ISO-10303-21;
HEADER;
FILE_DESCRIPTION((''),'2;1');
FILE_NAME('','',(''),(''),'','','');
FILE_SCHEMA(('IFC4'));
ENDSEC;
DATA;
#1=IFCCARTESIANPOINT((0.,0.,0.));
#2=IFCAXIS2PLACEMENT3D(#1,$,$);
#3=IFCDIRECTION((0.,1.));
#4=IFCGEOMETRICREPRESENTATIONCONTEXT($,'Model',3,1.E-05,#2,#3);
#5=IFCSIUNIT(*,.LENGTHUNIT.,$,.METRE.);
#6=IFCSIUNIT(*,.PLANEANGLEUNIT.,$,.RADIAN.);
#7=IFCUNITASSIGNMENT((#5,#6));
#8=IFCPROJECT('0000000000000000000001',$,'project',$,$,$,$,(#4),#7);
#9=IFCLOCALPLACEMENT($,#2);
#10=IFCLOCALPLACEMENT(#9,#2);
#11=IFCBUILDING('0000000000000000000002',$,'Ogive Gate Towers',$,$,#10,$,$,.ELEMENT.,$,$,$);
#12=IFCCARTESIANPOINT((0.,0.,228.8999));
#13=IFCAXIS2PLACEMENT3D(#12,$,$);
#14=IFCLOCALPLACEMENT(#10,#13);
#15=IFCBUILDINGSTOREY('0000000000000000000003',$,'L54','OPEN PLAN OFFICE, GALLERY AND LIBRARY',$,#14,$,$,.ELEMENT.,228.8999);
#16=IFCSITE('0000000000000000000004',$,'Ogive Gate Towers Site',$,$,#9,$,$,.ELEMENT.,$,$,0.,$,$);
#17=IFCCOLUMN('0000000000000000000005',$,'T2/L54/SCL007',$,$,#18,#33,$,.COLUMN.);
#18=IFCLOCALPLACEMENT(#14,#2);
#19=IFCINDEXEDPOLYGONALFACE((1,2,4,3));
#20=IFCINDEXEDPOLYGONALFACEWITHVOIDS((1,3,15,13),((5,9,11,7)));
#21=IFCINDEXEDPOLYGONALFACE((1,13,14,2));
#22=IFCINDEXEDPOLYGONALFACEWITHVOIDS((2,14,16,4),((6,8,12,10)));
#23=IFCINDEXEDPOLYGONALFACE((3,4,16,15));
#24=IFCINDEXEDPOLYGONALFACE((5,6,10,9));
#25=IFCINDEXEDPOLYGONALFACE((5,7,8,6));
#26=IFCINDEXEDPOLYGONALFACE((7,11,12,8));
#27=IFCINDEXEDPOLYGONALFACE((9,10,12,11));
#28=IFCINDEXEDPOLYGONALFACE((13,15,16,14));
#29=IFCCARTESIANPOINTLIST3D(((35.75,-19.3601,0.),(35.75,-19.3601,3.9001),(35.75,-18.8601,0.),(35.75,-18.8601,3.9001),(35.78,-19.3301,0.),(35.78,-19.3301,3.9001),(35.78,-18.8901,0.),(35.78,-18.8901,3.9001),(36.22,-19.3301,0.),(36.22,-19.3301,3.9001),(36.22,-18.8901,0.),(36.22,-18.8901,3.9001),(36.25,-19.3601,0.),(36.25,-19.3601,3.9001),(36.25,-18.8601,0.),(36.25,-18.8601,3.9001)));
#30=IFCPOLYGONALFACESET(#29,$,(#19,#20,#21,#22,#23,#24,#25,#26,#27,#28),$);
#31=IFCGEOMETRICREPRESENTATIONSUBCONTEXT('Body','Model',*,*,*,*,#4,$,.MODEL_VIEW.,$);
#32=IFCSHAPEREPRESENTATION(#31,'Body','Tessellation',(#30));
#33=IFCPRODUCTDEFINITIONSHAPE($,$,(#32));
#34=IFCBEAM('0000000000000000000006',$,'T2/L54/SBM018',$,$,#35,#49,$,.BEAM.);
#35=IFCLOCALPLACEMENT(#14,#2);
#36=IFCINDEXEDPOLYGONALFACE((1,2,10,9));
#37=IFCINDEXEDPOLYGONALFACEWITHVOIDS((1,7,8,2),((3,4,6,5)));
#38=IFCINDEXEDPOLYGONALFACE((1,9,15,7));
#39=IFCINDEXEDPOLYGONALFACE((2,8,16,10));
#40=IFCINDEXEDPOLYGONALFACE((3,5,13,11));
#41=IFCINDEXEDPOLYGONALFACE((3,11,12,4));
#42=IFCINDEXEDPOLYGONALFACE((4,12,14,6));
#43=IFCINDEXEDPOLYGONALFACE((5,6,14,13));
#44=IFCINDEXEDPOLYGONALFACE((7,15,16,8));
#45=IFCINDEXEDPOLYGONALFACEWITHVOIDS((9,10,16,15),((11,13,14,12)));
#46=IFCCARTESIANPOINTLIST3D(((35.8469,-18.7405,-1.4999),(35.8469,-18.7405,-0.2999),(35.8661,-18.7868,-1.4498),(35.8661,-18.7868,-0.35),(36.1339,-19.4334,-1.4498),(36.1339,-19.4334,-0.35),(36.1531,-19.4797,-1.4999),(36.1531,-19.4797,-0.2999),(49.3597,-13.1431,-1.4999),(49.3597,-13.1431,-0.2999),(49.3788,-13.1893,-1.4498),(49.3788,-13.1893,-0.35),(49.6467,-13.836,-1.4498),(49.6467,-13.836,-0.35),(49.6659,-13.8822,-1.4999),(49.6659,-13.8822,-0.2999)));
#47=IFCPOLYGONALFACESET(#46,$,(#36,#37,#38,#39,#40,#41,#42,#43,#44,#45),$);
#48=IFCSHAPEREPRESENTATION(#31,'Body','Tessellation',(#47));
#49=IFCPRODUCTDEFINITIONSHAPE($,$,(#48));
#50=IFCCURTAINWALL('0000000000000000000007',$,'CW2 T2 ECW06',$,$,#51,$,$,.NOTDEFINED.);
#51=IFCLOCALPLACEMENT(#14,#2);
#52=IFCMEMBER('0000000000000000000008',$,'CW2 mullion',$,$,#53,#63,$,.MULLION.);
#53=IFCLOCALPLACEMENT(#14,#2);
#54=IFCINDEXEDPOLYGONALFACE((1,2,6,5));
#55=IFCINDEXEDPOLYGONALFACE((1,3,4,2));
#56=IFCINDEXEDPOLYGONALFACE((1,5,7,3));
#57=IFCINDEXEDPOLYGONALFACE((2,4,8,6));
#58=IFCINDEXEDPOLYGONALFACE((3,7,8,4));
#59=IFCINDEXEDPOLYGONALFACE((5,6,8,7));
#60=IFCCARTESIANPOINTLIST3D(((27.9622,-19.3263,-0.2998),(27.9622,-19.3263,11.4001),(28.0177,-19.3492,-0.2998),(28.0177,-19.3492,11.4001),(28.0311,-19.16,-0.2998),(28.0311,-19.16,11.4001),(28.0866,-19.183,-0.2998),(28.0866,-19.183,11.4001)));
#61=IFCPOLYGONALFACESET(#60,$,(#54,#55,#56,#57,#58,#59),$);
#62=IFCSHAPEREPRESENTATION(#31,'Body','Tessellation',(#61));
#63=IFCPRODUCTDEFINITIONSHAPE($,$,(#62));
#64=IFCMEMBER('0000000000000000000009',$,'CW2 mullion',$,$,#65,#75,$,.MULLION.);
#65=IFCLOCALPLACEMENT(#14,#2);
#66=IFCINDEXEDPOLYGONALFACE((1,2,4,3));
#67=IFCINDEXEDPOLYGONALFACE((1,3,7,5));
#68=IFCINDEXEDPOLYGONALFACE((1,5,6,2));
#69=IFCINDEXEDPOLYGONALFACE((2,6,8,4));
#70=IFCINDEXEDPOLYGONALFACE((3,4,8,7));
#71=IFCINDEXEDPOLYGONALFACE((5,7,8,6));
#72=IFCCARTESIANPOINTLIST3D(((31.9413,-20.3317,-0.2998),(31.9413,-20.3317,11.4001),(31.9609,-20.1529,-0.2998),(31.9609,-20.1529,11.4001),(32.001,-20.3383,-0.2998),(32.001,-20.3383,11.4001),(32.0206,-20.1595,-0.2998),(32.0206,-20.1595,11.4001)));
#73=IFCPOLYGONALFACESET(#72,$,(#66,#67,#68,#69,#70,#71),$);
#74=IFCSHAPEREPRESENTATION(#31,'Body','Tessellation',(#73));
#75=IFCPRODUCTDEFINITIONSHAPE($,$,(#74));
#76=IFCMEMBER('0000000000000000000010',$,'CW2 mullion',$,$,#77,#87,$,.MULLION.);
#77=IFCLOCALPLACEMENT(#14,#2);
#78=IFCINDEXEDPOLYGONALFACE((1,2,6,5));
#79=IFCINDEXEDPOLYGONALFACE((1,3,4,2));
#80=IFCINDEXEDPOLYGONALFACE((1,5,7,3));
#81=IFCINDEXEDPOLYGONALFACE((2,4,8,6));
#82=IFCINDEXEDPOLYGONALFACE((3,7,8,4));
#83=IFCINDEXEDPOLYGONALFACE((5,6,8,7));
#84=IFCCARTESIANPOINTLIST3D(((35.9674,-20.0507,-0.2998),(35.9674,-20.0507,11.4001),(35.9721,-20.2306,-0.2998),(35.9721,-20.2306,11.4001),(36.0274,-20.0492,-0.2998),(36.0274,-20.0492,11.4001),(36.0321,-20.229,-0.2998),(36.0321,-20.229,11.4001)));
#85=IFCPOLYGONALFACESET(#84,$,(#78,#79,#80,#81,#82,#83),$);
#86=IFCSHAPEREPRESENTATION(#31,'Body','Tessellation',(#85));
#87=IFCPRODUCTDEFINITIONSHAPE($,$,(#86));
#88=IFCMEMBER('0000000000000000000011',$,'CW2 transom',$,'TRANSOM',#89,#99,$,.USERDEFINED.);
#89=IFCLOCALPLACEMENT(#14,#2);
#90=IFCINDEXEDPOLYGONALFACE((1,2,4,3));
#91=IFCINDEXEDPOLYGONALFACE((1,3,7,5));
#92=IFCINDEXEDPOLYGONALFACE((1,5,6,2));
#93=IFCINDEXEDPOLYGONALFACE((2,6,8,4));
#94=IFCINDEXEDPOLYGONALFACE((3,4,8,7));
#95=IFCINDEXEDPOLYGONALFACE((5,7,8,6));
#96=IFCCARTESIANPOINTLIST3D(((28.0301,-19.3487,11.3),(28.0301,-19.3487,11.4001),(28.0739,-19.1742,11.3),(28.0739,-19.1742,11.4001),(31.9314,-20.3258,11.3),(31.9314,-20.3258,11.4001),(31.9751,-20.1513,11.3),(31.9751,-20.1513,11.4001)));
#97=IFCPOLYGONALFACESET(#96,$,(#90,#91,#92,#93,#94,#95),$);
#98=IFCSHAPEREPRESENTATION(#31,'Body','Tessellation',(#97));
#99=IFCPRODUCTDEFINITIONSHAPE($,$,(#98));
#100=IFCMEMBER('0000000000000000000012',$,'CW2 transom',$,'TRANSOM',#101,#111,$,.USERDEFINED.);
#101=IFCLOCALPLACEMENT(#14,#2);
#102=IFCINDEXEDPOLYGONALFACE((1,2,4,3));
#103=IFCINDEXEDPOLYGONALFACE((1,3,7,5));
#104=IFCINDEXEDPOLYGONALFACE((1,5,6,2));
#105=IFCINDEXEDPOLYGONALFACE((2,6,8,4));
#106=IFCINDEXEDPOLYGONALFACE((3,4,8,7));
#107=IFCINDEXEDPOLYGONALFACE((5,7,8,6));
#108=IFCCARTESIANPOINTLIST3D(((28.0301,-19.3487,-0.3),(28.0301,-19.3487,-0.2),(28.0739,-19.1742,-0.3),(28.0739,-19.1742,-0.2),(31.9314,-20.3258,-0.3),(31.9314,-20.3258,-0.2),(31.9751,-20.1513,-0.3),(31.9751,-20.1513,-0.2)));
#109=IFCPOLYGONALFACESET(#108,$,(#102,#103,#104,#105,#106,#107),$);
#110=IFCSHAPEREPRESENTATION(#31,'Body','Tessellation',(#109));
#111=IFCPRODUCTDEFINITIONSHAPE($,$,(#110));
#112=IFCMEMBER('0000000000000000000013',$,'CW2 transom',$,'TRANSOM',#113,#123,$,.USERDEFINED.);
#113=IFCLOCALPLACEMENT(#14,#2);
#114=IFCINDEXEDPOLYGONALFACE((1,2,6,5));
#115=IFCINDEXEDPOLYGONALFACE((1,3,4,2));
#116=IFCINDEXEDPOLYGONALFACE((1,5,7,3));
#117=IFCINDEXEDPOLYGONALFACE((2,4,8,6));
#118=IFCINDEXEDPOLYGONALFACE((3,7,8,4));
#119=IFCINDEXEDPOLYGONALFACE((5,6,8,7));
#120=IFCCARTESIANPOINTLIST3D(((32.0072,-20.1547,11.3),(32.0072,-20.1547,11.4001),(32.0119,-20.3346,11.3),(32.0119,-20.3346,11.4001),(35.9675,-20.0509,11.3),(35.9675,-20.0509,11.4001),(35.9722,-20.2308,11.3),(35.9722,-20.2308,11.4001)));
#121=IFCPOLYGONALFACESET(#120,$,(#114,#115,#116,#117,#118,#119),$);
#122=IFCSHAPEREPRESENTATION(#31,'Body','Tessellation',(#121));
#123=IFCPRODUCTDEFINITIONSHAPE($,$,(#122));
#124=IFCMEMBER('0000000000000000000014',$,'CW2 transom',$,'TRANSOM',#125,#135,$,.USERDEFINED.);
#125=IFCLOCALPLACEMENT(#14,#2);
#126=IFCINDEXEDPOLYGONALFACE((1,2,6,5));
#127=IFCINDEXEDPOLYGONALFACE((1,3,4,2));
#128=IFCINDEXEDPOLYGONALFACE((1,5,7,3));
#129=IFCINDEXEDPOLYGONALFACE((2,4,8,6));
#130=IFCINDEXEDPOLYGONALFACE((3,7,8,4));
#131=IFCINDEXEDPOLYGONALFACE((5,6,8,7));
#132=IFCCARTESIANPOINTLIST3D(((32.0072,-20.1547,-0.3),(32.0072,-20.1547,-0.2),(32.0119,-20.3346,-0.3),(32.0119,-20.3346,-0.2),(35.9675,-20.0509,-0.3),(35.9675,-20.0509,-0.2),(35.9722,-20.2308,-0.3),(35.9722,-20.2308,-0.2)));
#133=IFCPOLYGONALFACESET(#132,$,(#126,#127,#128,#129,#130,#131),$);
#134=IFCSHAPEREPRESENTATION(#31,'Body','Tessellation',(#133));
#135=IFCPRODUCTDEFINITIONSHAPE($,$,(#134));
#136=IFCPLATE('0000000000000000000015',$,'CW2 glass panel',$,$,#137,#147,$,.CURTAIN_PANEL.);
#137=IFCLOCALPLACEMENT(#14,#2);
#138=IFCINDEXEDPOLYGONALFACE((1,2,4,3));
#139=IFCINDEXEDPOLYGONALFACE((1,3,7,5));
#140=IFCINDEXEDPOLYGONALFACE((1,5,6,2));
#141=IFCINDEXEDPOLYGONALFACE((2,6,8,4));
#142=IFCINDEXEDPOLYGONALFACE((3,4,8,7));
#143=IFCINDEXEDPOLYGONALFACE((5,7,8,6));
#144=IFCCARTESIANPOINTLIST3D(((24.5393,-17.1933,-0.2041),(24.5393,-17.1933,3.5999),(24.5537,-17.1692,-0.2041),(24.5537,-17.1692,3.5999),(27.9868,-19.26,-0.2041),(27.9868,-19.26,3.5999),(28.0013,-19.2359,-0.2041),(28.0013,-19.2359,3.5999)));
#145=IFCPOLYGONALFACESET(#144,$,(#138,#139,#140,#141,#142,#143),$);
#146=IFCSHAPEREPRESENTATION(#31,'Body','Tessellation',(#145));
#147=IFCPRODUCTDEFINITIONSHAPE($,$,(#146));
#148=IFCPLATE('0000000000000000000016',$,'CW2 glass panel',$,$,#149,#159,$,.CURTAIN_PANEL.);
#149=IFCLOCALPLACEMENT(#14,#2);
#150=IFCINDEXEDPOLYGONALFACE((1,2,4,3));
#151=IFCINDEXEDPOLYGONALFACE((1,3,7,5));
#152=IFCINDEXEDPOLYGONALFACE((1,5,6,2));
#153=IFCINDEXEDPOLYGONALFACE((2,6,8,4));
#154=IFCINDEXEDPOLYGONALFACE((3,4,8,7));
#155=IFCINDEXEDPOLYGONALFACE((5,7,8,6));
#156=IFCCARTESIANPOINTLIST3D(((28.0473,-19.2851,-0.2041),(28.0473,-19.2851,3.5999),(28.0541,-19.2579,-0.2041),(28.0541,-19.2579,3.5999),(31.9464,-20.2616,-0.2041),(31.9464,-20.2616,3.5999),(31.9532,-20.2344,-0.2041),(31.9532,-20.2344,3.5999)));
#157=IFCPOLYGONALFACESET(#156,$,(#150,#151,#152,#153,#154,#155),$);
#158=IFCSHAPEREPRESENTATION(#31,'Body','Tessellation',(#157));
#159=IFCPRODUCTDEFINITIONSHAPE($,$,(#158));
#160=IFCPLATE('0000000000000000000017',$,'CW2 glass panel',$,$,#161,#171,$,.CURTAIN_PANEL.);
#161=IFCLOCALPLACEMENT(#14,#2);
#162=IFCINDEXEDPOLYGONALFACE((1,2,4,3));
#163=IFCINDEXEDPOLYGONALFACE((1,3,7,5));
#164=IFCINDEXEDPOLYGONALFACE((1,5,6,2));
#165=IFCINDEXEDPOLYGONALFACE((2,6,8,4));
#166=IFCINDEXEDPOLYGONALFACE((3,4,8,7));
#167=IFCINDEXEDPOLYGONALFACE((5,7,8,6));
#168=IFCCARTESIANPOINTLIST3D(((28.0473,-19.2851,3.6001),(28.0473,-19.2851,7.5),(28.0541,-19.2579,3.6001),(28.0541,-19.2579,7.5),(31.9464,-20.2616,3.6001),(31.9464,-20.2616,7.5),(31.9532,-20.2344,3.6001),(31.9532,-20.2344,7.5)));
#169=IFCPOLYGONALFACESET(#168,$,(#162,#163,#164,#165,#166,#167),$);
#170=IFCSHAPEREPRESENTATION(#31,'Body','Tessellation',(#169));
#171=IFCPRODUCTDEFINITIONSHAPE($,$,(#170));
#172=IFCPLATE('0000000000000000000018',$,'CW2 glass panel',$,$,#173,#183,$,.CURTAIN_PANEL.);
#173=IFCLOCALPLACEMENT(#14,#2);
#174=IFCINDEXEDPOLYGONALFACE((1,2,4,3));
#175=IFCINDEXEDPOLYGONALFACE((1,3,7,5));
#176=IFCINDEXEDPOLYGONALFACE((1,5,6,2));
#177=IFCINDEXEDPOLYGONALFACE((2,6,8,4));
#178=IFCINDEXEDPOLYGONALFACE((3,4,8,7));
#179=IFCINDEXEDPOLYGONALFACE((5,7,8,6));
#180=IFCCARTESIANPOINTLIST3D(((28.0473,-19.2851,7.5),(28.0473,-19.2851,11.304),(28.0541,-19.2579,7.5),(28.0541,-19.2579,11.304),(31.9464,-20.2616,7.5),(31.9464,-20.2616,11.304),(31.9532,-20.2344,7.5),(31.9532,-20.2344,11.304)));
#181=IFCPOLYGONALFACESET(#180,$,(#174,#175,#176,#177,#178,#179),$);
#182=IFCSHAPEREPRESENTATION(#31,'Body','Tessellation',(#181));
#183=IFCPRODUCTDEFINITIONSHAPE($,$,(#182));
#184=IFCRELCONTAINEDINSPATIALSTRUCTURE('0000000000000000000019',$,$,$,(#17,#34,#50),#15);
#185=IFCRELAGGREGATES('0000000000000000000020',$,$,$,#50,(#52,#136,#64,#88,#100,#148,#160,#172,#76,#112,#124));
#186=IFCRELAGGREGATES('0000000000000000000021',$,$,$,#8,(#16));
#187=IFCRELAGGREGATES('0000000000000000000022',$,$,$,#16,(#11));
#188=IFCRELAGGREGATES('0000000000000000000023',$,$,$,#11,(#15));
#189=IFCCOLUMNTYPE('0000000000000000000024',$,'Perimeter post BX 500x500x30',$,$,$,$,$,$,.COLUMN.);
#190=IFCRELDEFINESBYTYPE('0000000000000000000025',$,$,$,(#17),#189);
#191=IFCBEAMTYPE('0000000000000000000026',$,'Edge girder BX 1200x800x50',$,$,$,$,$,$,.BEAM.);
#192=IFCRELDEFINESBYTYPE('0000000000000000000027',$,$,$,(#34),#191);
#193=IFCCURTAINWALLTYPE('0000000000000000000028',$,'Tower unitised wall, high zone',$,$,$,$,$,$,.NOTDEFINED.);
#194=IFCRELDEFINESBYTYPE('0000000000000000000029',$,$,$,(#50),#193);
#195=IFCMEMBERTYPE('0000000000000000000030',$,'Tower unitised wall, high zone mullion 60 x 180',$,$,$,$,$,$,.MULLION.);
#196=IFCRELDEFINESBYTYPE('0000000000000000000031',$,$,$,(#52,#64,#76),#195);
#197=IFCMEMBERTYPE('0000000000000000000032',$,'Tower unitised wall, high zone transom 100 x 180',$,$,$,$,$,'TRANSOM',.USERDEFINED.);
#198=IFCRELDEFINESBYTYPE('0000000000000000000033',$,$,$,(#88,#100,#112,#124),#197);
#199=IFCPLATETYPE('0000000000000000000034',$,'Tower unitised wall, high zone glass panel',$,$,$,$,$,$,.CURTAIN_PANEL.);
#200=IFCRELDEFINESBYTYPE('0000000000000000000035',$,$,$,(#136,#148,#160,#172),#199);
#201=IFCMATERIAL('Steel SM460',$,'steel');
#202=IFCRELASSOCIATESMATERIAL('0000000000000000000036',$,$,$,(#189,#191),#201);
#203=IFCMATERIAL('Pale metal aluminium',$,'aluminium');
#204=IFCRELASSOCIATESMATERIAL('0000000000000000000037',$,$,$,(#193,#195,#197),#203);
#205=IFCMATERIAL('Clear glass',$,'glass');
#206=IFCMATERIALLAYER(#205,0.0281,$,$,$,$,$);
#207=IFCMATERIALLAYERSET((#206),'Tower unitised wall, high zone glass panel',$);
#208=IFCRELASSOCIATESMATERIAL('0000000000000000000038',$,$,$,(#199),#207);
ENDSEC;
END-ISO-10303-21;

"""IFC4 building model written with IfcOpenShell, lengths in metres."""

from ifc_helpers import new_model, si_unit, direction, frame, origin, origin_2d, place, context, subcontext, project, spatial, rectangle, hollow_rectangle, extrude, material, layer, layer_set, material_profile, profile_set, type_object, element, aggregate, save


model = new_model("IFC4")

# Units and contexts
model_context = context("Model", 3, precision=1e-05, world=origin(), true_north=direction((0.0, 1.0)))
body_context = subcontext(model_context, "Body", "Model", "MODEL_VIEW")
ifc_project = project(units=[si_unit("LENGTHUNIT", "METRE"), si_unit("PLANEANGLEUNIT", "RADIAN")], contexts=[model_context])

# Site, building, storey
site_placement = place(None, origin())
site = spatial("IfcSite", under=ifc_project, at=site_placement, Name="Ogive Gate Towers Site", CompositionType="ELEMENT", RefElevation=0.0)
building_placement = place(site_placement, origin())
building = spatial("IfcBuilding", under=site, at=building_placement, Name="Ogive Gate Towers", CompositionType="ELEMENT")
storey_placement = place(building_placement, frame((0.0, 0.0, 228.8999)))
storey = spatial("IfcBuildingStorey", under=building, at=storey_placement, Name="L54", Description="OPEN PLAN OFFICE, GALLERY AND LIBRARY", CompositionType="ELEMENT", Elevation=228.8999)

# Column
ifc_material_1 = material(Name="Steel SM460", Category="steel")
ifc_material_profile_1 = material_profile(ifc_material_1, hollow_rectangle(XDim=0.5, YDim=0.5, WallThickness=0.03, at=origin_2d()), Name="BX 500x500x30")
ifc_profile_set_1 = profile_set([ifc_material_profile_1], Name="Steel SM460")
column_type = type_object("IfcColumnType", Name="Perimeter post BX 500x500x30", PredefinedType="COLUMN", material=ifc_profile_set_1)
column_placement = place(storey_placement, frame((36.0, -19.1101, 0.0), z_axis=(0.0, 0.0, 1.0), x_axis=(1.0, 0.0, 0.0)))
element("IfcColumn", 1, at=column_placement, inside=storey, type_object=column_type, Name="T2/L54/SCL007", PredefinedType="COLUMN", context=body_context, shape_type="SweptSolid", body=[
    extrude(hollow_rectangle(XDim=0.5, YDim=0.5, WallThickness=0.03, at=origin_2d()), origin(), (0.0, 0.0, 1.0), 3.9001),
])

# Beam
ifc_material_profile_2 = material_profile(ifc_material_1, hollow_rectangle(XDim=0.8, YDim=1.2, WallThickness=0.05, at=origin_2d()), Name="BX 1200x800x50")
ifc_profile_set_2 = profile_set([ifc_material_profile_2], Name="Steel SM460")
beam_type = type_object("IfcBeamType", Name="Edge girder BX 1200x800x50", PredefinedType="BEAM", material=ifc_profile_set_2)
beam_placement = place(storey_placement, frame((36.0, -19.1101, -0.8999), z_axis=(0.923873, 0.382699, 0.0), x_axis=(-0.382699, 0.923873, 0.0)))
element("IfcBeam", 2, at=beam_placement, inside=storey, type_object=beam_type, Name="T2/L54/SBM018", PredefinedType="BEAM", context=body_context, shape_type="SweptSolid", body=[
    extrude(hollow_rectangle(XDim=0.8, YDim=1.2, WallThickness=0.05, at=origin_2d()), origin(), (0.0, 0.0, 1.0), 14.6262),
])

# Curtain wall, members, plates
ifc_material_2 = material(Name="Pale metal aluminium", Category="aluminium")
curtain_wall_type = type_object("IfcCurtainWallType", Name="Tower unitised wall, high zone", PredefinedType="NOTDEFINED", material=ifc_material_2)
curtain_wall_placement = place(storey_placement, origin())
curtain_wall = element("IfcCurtainWall", 3, at=curtain_wall_placement, inside=storey, type_object=curtain_wall_type, Name="CW2 T2 ECW06", PredefinedType="NOTDEFINED")
ifc_material_profile_3 = material_profile(ifc_material_2, rectangle(XDim=0.1799, YDim=0.0601, at=origin_2d()), Name="60 x 180 aluminium box")
ifc_profile_set_3 = profile_set([ifc_material_profile_3], Name="Pale metal aluminium")
member_type_1 = type_object("IfcMemberType", Name="Tower unitised wall, high zone mullion 60 x 180", PredefinedType="MULLION", material=ifc_profile_set_3)
member_1_placement = place(storey_placement, frame((28.0244, -19.2546, -0.2998), z_axis=(0.0, 0.0, 1.0), x_axis=(-0.3827, -0.923873, 0.0)))
member_1 = element("IfcMember", 4, at=member_1_placement, type_object=member_type_1, Name="CW2 mullion", PredefinedType="MULLION", context=body_context, shape_type="SweptSolid", body=[
    extrude(rectangle(XDim=0.1799, YDim=0.0601, at=origin_2d()), origin(), (0.0, 0.0, 1.0), 11.7),
])
member_2_placement = place(storey_placement, frame((31.981, -20.2456, -0.2998), z_axis=(0.0, 0.0, 1.0), x_axis=(-0.10937, -0.994001, 0.0)))
member_2 = element("IfcMember", 5, at=member_2_placement, type_object=member_type_1, Name="CW2 mullion", PredefinedType="MULLION", context=body_context, shape_type="SweptSolid", body=[
    extrude(rectangle(XDim=0.1799, YDim=0.0601, at=origin_2d()), origin(), (0.0, 0.0, 1.0), 11.7),
])
member_3_placement = place(storey_placement, frame((35.9998, -20.1399, -0.2998), z_axis=(0.0, 0.0, 1.0), x_axis=(0.026229, -0.999656, 0.0)))
member_3 = element("IfcMember", 6, at=member_3_placement, type_object=member_type_1, Name="CW2 mullion", PredefinedType="MULLION", context=body_context, shape_type="SweptSolid", body=[
    extrude(rectangle(XDim=0.1799, YDim=0.0601, at=origin_2d()), origin(), (0.0, 0.0, 1.0), 11.7),
])
ifc_material_profile_4 = material_profile(ifc_material_2, rectangle(XDim=0.1799, YDim=0.1001, at=origin_2d()), Name="100 x 180 aluminium box")
ifc_profile_set_4 = profile_set([ifc_material_profile_4], Name="Pale metal aluminium")
member_type_2 = type_object("IfcMemberType", Name="Tower unitised wall, high zone transom 100 x 180", ElementType="TRANSOM", PredefinedType="USERDEFINED", material=ifc_profile_set_4)
member_4_placement = place(storey_placement, frame((28.052, -19.2615, 11.3501), z_axis=(0.970039, -0.24295, 0.0), x_axis=(0.24295, 0.970039, 0.0)))
member_4 = element("IfcMember", 7, at=member_4_placement, type_object=member_type_2, Name="CW2 transom", ObjectType="TRANSOM", PredefinedType="USERDEFINED", context=body_context, shape_type="SweptSolid", body=[
    extrude(rectangle(XDim=0.1799, YDim=0.1001, at=origin_2d()), origin(), (0.0, 0.0, 1.0), 4.0217),
])
member_5_placement = place(storey_placement, frame((28.052, -19.2615, -0.25), z_axis=(0.970039, -0.24295, 0.0), x_axis=(0.24295, 0.970039, 0.0)))
member_5 = element("IfcMember", 8, at=member_5_placement, type_object=member_type_2, Name="CW2 transom", ObjectType="TRANSOM", PredefinedType="USERDEFINED", context=body_context, shape_type="SweptSolid", body=[
    extrude(rectangle(XDim=0.1799, YDim=0.1001, at=origin_2d()), origin(), (0.0, 0.0, 1.0), 4.0217),
])
member_6_placement = place(storey_placement, frame((32.0095, -20.2446, 11.3501), z_axis=(0.999657, 0.026192, 0.0), x_axis=(-0.026192, 0.999657, 0.0)))
member_6 = element("IfcMember", 9, at=member_6_placement, type_object=member_type_2, Name="CW2 transom", ObjectType="TRANSOM", PredefinedType="USERDEFINED", context=body_context, shape_type="SweptSolid", body=[
    extrude(rectangle(XDim=0.1799, YDim=0.1001, at=origin_2d()), origin(), (0.0, 0.0, 1.0), 3.9617),
])
member_7_placement = place(storey_placement, frame((32.0095, -20.2446, -0.25), z_axis=(0.999657, 0.026192, 0.0), x_axis=(-0.026192, 0.999657, 0.0)))
member_7 = element("IfcMember", 10, at=member_7_placement, type_object=member_type_2, Name="CW2 transom", ObjectType="TRANSOM", PredefinedType="USERDEFINED", context=body_context, shape_type="SweptSolid", body=[
    extrude(rectangle(XDim=0.1799, YDim=0.1001, at=origin_2d()), origin(), (0.0, 0.0, 1.0), 3.9617),
])
ifc_material_3 = material(Name="Clear glass", Category="glass")
ifc_layer_1 = layer(ifc_material_3, 0.0281)
ifc_layer_set_1 = layer_set([ifc_layer_1], Name="Tower unitised wall, high zone glass panel")
plate_type = type_object("IfcPlateType", Name="Tower unitised wall, high zone glass panel", PredefinedType="CURTAIN_PANEL", material=ifc_layer_set_1)
plate_1_placement = place(storey_placement, frame((26.2703, -18.2146, -0.2041), z_axis=(0.0, 0.0, 1.0), x_axis=(0.857697, -0.514155, 0.0)))
plate_1 = element("IfcPlate", 11, at=plate_1_placement, type_object=plate_type, Name="CW2 glass panel", PredefinedType="CURTAIN_PANEL", context=body_context, shape_type="SweptSolid", body=[
    extrude(rectangle(XDim=4.0195, YDim=0.0281, at=origin_2d()), origin(), (0.0, 0.0, 1.0), 3.804),
])
plate_2_placement = place(storey_placement, frame((30.0002, -19.7598, -0.2041), z_axis=(0.0, 0.0, 1.0), x_axis=(0.970042, -0.242938, 0.0)))
plate_2 = element("IfcPlate", 12, at=plate_2_placement, type_object=plate_type, Name="CW2 glass panel", PredefinedType="CURTAIN_PANEL", context=body_context, shape_type="SweptSolid", body=[
    extrude(rectangle(XDim=4.0195, YDim=0.0281, at=origin_2d()), origin(), (0.0, 0.0, 1.0), 3.804),
])
plate_3_placement = place(storey_placement, frame((30.0002, -19.7598, 3.6001), z_axis=(0.0, 0.0, 1.0), x_axis=(0.970042, -0.242938, 0.0)))
plate_3 = element("IfcPlate", 13, at=plate_3_placement, type_object=plate_type, Name="CW2 glass panel", PredefinedType="CURTAIN_PANEL", context=body_context, shape_type="SweptSolid", body=[
    extrude(rectangle(XDim=4.0195, YDim=0.0281, at=origin_2d()), origin(), (0.0, 0.0, 1.0), 3.8999),
])
plate_4_placement = place(storey_placement, frame((30.0002, -19.7598, 7.5), z_axis=(0.0, 0.0, 1.0), x_axis=(0.970042, -0.242938, 0.0)))
plate_4 = element("IfcPlate", 14, at=plate_4_placement, type_object=plate_type, Name="CW2 glass panel", PredefinedType="CURTAIN_PANEL", context=body_context, shape_type="SweptSolid", body=[
    extrude(rectangle(XDim=4.0195, YDim=0.0281, at=origin_2d()), origin(), (0.0, 0.0, 1.0), 3.804),
])
aggregate(curtain_wall, [member_1, plate_1, member_2, member_4, member_5, plate_2, plate_3, plate_4, member_3, member_6, member_7])

save(model, "model.ifc")
